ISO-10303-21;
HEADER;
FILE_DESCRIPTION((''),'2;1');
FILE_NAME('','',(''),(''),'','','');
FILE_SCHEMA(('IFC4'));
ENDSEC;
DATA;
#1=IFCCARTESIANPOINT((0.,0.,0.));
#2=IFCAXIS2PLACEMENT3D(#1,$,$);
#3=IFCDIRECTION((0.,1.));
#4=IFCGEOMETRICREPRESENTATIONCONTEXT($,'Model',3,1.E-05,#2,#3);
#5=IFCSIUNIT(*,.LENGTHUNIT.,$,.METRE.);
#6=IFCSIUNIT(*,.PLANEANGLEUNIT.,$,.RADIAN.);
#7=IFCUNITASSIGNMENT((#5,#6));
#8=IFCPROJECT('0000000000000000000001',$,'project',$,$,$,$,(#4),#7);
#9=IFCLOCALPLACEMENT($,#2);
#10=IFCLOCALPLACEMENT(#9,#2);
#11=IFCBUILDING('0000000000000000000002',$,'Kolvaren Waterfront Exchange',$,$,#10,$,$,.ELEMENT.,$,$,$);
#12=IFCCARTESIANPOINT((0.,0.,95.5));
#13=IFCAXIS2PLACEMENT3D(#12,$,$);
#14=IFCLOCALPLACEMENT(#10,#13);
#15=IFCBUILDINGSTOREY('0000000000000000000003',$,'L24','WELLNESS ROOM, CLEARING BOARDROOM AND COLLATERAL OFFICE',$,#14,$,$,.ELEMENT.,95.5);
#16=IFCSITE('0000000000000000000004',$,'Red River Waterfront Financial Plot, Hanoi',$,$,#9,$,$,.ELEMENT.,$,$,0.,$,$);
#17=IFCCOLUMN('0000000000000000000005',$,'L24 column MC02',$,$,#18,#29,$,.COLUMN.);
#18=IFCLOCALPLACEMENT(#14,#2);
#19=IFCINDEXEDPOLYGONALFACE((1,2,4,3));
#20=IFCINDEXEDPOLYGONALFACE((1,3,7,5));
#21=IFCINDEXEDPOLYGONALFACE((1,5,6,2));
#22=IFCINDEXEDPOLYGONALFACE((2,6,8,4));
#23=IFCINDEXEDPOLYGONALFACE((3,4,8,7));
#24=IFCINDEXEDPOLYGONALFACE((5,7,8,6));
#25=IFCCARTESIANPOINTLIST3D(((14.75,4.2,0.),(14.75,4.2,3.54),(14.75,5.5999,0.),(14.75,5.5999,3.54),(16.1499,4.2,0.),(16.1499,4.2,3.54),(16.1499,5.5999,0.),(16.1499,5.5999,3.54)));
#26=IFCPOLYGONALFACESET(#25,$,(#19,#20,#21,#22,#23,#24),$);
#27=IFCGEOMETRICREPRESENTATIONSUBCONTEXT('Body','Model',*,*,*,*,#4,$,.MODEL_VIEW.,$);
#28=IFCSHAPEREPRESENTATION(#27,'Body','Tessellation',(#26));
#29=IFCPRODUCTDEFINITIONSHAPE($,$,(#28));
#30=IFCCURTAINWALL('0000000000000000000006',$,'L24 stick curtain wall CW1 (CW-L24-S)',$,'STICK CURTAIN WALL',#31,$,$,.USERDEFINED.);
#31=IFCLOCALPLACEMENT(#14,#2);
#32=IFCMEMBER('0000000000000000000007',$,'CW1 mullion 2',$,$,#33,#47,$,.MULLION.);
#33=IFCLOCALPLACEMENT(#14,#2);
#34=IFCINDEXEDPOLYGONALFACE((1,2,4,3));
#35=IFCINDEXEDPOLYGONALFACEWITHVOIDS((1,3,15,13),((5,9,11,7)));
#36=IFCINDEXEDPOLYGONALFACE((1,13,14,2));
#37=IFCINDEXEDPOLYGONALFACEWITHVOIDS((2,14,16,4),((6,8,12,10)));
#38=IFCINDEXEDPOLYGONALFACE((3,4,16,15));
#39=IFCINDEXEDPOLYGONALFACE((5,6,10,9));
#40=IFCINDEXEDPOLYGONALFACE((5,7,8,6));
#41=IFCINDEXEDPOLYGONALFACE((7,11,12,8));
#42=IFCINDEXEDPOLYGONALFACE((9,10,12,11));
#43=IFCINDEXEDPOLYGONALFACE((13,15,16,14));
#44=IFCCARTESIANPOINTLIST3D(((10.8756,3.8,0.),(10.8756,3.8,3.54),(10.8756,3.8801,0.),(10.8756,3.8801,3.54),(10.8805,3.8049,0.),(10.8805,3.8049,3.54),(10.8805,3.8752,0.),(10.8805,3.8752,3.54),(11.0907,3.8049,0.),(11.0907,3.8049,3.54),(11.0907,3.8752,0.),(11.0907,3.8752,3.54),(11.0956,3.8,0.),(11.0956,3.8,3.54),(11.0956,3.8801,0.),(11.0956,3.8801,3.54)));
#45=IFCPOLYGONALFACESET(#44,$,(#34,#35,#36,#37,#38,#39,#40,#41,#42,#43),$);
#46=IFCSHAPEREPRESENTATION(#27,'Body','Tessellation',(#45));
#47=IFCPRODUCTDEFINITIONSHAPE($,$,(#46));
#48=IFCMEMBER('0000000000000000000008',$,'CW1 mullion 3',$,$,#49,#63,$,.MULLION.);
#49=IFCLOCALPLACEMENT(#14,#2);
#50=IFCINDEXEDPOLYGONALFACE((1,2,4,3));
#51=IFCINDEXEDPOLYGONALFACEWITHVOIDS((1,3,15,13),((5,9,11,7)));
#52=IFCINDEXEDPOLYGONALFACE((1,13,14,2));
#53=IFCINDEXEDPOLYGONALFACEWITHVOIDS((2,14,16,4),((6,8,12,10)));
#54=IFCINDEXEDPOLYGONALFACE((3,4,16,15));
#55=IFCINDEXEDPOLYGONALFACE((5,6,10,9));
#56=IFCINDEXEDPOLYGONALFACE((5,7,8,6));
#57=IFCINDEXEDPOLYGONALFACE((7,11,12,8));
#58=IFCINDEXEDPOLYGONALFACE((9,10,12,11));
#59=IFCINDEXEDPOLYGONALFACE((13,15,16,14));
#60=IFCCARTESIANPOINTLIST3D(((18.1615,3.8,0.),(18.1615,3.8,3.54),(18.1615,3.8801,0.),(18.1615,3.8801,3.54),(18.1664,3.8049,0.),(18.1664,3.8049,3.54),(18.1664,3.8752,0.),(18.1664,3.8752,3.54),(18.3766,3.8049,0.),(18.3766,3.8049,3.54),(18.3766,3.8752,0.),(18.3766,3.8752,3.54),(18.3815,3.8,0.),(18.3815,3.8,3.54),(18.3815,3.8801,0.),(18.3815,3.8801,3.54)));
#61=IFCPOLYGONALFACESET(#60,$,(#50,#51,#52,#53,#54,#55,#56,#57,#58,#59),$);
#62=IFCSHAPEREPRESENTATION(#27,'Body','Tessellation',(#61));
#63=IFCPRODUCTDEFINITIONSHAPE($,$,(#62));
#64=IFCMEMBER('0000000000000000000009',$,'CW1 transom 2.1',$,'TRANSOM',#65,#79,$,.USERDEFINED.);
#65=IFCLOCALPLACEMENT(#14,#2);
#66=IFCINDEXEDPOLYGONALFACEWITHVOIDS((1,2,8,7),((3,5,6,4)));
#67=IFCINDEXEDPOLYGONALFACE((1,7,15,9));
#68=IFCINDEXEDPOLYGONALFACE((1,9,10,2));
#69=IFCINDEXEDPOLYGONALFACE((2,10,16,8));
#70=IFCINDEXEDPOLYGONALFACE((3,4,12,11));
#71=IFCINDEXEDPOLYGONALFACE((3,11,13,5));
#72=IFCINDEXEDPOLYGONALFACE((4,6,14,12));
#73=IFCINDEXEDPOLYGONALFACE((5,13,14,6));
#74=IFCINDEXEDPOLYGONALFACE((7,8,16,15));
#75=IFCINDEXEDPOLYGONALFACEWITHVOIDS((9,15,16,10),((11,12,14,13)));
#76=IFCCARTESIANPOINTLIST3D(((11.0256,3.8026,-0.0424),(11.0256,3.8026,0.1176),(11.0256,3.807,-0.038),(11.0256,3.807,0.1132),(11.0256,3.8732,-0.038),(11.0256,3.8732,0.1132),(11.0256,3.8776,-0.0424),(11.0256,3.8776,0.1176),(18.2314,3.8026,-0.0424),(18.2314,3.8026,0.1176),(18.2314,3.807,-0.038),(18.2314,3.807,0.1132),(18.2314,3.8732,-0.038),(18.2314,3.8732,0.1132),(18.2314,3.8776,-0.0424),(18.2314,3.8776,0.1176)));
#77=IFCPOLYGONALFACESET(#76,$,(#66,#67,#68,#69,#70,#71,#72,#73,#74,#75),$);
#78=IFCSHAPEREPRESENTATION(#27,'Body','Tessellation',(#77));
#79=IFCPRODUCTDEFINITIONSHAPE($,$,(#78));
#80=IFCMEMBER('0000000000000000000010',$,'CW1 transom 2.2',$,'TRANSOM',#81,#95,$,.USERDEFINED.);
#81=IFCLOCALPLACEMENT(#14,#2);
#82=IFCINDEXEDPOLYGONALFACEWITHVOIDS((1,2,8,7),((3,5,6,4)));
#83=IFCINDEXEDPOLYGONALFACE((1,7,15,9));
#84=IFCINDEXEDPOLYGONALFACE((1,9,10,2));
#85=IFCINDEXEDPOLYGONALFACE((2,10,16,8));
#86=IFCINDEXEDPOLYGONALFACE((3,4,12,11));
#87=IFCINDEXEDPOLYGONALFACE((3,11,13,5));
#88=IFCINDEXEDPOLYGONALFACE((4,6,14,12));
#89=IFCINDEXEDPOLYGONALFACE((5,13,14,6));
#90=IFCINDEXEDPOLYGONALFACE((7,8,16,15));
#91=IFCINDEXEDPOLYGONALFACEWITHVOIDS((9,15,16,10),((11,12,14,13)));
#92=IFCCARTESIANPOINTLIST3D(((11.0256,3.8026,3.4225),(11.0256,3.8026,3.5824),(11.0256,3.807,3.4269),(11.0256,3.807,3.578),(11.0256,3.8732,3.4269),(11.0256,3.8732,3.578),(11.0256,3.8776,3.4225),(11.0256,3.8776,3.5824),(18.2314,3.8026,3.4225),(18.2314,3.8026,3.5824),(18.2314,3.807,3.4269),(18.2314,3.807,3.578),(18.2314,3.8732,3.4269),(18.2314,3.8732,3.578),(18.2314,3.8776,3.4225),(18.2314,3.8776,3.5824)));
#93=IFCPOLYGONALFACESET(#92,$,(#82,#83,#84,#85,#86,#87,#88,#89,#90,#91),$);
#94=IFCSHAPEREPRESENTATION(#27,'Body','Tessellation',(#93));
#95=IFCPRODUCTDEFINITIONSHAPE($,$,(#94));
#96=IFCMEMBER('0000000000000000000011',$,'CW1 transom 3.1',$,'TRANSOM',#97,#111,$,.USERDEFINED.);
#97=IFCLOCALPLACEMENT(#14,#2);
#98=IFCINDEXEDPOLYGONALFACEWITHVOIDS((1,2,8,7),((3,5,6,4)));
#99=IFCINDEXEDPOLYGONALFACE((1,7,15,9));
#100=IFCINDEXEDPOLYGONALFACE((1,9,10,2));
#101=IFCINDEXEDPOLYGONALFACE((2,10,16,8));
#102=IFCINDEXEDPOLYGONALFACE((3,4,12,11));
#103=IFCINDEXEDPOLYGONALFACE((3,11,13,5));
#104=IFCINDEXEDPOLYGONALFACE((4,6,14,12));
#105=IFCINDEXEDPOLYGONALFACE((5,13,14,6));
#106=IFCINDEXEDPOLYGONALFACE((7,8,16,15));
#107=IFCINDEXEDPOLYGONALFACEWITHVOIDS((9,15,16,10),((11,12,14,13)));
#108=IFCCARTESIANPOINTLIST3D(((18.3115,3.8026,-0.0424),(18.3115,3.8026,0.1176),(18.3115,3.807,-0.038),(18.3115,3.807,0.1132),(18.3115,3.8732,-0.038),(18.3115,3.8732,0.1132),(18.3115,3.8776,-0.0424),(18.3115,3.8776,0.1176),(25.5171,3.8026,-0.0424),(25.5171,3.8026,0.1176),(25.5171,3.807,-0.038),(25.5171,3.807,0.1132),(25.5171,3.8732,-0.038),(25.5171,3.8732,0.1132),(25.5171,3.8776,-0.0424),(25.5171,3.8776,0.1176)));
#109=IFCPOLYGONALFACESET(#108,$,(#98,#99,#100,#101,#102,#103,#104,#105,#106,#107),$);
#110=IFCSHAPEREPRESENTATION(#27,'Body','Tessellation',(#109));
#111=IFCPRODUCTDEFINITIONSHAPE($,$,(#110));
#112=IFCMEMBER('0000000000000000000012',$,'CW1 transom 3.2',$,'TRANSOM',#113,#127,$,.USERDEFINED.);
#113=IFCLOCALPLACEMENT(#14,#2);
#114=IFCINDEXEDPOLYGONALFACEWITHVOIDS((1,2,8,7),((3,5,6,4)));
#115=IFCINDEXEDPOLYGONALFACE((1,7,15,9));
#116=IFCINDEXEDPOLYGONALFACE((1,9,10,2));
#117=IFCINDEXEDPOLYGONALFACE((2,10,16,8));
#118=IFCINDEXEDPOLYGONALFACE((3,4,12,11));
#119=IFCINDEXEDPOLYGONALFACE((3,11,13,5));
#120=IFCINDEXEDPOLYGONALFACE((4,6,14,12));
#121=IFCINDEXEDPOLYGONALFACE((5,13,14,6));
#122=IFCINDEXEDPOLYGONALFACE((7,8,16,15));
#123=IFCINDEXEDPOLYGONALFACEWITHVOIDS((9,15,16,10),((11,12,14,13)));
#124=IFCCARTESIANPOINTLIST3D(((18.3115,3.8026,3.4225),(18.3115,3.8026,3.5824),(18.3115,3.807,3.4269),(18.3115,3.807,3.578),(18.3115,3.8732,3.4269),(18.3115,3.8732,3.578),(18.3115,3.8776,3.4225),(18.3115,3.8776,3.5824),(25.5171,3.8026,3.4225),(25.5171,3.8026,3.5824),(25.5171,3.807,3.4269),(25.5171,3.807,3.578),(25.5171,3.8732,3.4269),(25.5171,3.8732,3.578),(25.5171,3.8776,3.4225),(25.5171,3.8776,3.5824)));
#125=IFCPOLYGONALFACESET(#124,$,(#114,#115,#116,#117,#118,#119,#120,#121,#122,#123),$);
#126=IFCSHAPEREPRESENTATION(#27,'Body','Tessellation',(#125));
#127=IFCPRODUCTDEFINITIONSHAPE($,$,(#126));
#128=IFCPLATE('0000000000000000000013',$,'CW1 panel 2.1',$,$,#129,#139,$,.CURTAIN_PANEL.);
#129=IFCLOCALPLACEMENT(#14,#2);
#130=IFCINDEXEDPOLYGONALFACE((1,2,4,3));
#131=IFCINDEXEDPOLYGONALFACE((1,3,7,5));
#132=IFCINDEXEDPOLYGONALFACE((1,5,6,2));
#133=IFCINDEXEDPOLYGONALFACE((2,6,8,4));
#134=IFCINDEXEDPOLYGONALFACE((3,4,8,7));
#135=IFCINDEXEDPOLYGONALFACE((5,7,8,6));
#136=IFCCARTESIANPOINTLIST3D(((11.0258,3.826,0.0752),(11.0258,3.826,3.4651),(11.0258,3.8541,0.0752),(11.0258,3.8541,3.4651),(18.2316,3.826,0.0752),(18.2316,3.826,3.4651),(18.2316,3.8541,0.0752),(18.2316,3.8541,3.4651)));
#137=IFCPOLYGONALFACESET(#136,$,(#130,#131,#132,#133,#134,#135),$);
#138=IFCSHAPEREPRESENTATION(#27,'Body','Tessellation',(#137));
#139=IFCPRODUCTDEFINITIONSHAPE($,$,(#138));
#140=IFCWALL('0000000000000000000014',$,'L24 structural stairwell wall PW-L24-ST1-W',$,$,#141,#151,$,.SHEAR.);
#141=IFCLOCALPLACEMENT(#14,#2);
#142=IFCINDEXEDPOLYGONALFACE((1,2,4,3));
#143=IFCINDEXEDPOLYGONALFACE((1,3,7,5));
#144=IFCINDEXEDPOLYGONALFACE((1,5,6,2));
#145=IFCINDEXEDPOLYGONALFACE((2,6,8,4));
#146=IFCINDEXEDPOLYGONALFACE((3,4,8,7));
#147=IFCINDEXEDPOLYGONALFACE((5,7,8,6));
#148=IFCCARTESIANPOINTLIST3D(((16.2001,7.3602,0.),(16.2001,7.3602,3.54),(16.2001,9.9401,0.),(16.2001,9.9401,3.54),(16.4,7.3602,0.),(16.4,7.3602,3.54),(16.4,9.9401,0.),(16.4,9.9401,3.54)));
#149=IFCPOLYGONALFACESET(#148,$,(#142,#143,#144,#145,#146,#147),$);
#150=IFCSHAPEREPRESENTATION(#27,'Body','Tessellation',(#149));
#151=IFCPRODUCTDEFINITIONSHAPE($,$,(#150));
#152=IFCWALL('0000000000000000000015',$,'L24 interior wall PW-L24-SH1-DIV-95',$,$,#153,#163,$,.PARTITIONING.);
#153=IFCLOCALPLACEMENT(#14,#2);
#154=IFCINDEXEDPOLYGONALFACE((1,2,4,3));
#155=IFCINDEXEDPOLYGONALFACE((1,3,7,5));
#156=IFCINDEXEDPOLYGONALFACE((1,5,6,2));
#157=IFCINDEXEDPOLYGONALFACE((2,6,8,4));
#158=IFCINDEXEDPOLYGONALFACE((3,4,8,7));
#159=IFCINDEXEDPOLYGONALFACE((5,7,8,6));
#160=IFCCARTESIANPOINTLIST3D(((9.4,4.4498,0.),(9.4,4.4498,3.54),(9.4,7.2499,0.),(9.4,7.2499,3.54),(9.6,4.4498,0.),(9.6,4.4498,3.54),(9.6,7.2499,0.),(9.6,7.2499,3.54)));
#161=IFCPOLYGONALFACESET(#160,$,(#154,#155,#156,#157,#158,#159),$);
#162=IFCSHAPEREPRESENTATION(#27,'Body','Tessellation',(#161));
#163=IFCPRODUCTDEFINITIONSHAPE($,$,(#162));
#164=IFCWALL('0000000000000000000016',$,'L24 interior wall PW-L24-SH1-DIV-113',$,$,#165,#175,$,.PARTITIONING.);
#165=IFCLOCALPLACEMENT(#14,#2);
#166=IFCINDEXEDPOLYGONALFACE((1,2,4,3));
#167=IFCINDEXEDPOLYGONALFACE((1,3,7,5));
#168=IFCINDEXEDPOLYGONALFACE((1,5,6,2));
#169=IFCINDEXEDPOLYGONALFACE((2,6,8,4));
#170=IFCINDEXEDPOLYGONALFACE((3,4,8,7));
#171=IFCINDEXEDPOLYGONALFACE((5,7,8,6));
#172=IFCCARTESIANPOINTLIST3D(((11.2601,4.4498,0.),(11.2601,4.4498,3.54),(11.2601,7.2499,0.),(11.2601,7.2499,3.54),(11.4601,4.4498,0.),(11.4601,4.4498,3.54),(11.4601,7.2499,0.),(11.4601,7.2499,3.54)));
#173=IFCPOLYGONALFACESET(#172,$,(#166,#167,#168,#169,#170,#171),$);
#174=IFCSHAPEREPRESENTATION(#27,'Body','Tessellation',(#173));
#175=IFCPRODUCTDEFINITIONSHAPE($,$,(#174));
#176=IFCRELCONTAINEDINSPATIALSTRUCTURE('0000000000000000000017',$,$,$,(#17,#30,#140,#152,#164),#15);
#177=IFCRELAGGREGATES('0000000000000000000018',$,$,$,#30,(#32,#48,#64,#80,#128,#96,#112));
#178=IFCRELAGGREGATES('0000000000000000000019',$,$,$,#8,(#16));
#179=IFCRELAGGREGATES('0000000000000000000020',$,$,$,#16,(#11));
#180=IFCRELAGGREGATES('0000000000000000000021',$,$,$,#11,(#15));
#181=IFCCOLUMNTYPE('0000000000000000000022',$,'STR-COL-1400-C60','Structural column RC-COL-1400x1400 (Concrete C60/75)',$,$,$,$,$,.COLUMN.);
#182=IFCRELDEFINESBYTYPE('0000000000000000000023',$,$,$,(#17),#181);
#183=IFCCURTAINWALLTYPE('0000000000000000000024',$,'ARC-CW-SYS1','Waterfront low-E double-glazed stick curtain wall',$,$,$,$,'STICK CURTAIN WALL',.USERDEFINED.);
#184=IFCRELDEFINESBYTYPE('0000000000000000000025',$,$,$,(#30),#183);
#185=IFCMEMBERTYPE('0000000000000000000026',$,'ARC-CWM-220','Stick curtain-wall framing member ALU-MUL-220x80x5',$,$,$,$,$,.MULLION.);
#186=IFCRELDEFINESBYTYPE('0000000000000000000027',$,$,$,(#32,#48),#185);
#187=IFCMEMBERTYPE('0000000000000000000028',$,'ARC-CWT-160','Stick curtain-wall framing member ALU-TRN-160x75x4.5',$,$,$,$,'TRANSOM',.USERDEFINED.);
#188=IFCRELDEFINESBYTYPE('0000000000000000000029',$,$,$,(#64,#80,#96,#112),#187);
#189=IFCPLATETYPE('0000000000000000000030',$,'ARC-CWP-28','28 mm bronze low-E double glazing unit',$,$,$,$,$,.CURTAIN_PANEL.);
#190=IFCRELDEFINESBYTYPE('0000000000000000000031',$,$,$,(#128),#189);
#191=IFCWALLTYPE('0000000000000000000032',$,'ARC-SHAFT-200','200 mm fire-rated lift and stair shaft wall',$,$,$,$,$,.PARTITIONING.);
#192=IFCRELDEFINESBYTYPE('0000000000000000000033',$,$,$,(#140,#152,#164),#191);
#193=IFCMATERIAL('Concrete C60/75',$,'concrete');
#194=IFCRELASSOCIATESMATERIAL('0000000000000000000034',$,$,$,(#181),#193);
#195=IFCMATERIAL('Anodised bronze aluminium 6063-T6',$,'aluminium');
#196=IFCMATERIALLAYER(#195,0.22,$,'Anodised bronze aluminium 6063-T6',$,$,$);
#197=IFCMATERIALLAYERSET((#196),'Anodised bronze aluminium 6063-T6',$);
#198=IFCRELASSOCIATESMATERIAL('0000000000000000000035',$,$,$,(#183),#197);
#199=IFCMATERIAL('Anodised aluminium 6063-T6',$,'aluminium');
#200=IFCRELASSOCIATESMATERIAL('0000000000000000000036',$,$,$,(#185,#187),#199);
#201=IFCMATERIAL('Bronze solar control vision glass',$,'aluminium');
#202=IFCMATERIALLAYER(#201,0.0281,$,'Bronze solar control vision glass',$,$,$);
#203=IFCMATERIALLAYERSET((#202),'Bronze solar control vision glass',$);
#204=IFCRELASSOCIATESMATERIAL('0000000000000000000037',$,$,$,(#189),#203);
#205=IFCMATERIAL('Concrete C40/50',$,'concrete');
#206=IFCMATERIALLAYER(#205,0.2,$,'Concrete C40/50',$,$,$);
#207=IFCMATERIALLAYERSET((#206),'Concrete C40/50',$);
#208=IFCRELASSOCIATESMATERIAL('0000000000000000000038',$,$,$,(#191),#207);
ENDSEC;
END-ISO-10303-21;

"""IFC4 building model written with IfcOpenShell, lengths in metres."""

from ifc_helpers import new_model, si_unit, direction, frame, frame_2d, origin, origin_with_axes, origin_2d, place, context, subcontext, project, spatial, rectangle, hollow_rectangle, extrude, source, transform, mapped, material, layer, layer_set, material_profile, profile_set, type_object, element, aggregate, save


model = new_model("IFC4")

# Units and contexts
model_context = context("Model", 3, precision=1e-05, world=origin(), true_north=direction((0.0, 1.0)))
body_context = subcontext(model_context, "Body", "Model", "MODEL_VIEW")
ifc_project = project(units=[si_unit("LENGTHUNIT", "METRE"), si_unit("PLANEANGLEUNIT", "RADIAN")], contexts=[model_context])

# Site, building, storey
site_placement = place(None, origin())
site = spatial("IfcSite", under=ifc_project, at=site_placement, Name="Red River Waterfront Financial Plot, Hanoi", CompositionType="ELEMENT", RefElevation=0.0)
building_placement = place(site_placement, origin())
building = spatial("IfcBuilding", under=site, at=building_placement, Name="Kolvaren Waterfront Exchange", CompositionType="ELEMENT")
storey_placement = place(building_placement, frame((0.0, 0.0, 95.5)))
storey = spatial("IfcBuildingStorey", under=building, at=storey_placement, Name="L24", Description="WELLNESS ROOM, CLEARING BOARDROOM AND COLLATERAL OFFICE", CompositionType="ELEMENT", Elevation=95.5)

# Column
ifc_material_1 = material(Name="Concrete C60/75", Category="concrete")
ifc_material_profile_1 = material_profile(ifc_material_1, rectangle(XDim=1.3999, YDim=1.3999, at=origin_2d()), Name="RC-COL-1400x1400")
ifc_profile_set_1 = profile_set([ifc_material_profile_1], Name="Concrete C60/75")
column_type = type_object("IfcColumnType", Name="STR-COL-1400-C60", Description="Structural column RC-COL-1400x1400 (Concrete C60/75)", PredefinedType="COLUMN", material=ifc_profile_set_1)
column_placement = place(storey_placement, frame((15.45, 4.8999, 0.0), z_axis=(0.0, 0.0, 1.0), x_axis=(1.0, 0.0, 0.0)))
element("IfcColumn", 1, at=column_placement, inside=storey, type_object=column_type, Name="L24 column MC02", PredefinedType="COLUMN", context=body_context, shape_type="SweptSolid", body=[
    extrude(rectangle(XDim=1.3999, YDim=1.3999, at=origin_2d()), origin(), (0.0, 0.0, 1.0), 3.54),
])

# Curtain wall, members, plate
ifc_material_2 = material(Name="Anodised bronze aluminium 6063-T6", Category="aluminium")
ifc_layer_1 = layer(ifc_material_2, 0.22, Name="Anodised bronze aluminium 6063-T6")
ifc_layer_set_1 = layer_set([ifc_layer_1], Name="Anodised bronze aluminium 6063-T6")
curtain_wall_type = type_object("IfcCurtainWallType", Name="ARC-CW-SYS1", Description="Waterfront low-E double-glazed stick curtain wall", ElementType="STICK CURTAIN WALL", PredefinedType="USERDEFINED", material=ifc_layer_set_1)
curtain_wall_placement = place(storey_placement, origin())
curtain_wall = element("IfcCurtainWall", 2, at=curtain_wall_placement, inside=storey, type_object=curtain_wall_type, Name="L24 stick curtain wall CW1 (CW-L24-S)", ObjectType="STICK CURTAIN WALL", PredefinedType="USERDEFINED")
ifc_material_3 = material(Name="Anodised aluminium 6063-T6", Category="aluminium")
ifc_material_profile_2 = material_profile(ifc_material_3, hollow_rectangle(XDim=0.0801, YDim=0.22, WallThickness=0.0049, at=origin_2d()), Name="ALU-MUL-220x80x5")
ifc_profile_set_2 = profile_set([ifc_material_profile_2], Name="Anodised aluminium 6063-T6")
member_type_1 = type_object("IfcMemberType", Name="ARC-CWM-220", Description="Stick curtain-wall framing member ALU-MUL-220x80x5", PredefinedType="MULLION", material=ifc_profile_set_2)
shared_shape_1 = source(origin_with_axes(), body_context, "Body", "SweptSolid", [
    extrude(hollow_rectangle(XDim=0.0801, YDim=0.22, WallThickness=0.0049, at=origin_2d()), origin(), (0.0, 0.0, 1.0), 3.54),
])
member_1_placement = place(storey_placement, frame((10.9856, 3.8401, 0.0), z_axis=(0.0, 0.0, 1.0), x_axis=(0.0, 1.0, 0.0)))
member_1 = element("IfcMember", 3, at=member_1_placement, type_object=member_type_1, Name="CW1 mullion 2", PredefinedType="MULLION", context=body_context, shape_type="MappedRepresentation", body=[
    mapped(shared_shape_1, transform((0.0, 0.0, 0.0), x_axis=(1.0, 0.0, 0.0), y_axis=(0.0, 1.0, 0.0), z_axis=(0.0, 0.0, 1.0), scale=1.0)),
])
member_2_placement = place(storey_placement, frame((18.2715, 3.8401, 0.0), z_axis=(0.0, 0.0, 1.0), x_axis=(0.0, 1.0, 0.0)))
member_2 = element("IfcMember", 4, at=member_2_placement, type_object=member_type_1, Name="CW1 mullion 3", PredefinedType="MULLION", context=body_context, shape_type="MappedRepresentation", body=[
    mapped(shared_shape_1, transform((0.0, 0.0, 0.0), x_axis=(1.0, 0.0, 0.0), y_axis=(0.0, 1.0, 0.0), z_axis=(0.0, 0.0, 1.0), scale=1.0)),
])
ifc_material_profile_3 = material_profile(ifc_material_3, hollow_rectangle(XDim=0.075, YDim=0.1599, WallThickness=0.0044, at=origin_2d()), Name="ALU-TRN-160x75x4.5")
ifc_profile_set_3 = profile_set([ifc_material_profile_3], Name="Anodised aluminium 6063-T6")
member_type_2 = type_object("IfcMemberType", Name="ARC-CWT-160", Description="Stick curtain-wall framing member ALU-TRN-160x75x4.5", ElementType="TRANSOM", PredefinedType="USERDEFINED", material=ifc_profile_set_3)
shared_shape_2 = source(origin_with_axes(), body_context, "Body", "SweptSolid", [
    extrude(hollow_rectangle(XDim=0.075, YDim=0.1599, WallThickness=0.0044, at=origin_2d()), origin(), (0.0, 0.0, 1.0), 7.2058),
])
member_3_placement = place(storey_placement, frame((11.0256, 3.8401, 0.0376), z_axis=(1.0, 0.0, 0.0), x_axis=(0.0, 1.0, 0.0)))
member_3 = element("IfcMember", 5, at=member_3_placement, type_object=member_type_2, Name="CW1 transom 2.1", ObjectType="TRANSOM", PredefinedType="USERDEFINED", context=body_context, shape_type="MappedRepresentation", body=[
    mapped(shared_shape_2, transform((0.0, 0.0, 0.0), x_axis=(1.0, 0.0, 0.0), y_axis=(0.0, 1.0, 0.0), z_axis=(0.0, 0.0, 1.0), scale=1.0)),
])
member_4_placement = place(storey_placement, frame((11.0256, 3.8401, 3.5024), z_axis=(1.0, 0.0, 0.0), x_axis=(0.0, 1.0, 0.0)))
member_4 = element("IfcMember", 6, at=member_4_placement, type_object=member_type_2, Name="CW1 transom 2.2", ObjectType="TRANSOM", PredefinedType="USERDEFINED", context=body_context, shape_type="MappedRepresentation", body=[
    mapped(shared_shape_2, transform((0.0, 0.0, 0.0), x_axis=(1.0, 0.0, 0.0), y_axis=(0.0, 1.0, 0.0), z_axis=(0.0, 0.0, 1.0), scale=1.0)),
])
shared_shape_3 = source(origin_with_axes(), body_context, "Body", "SweptSolid", [
    extrude(hollow_rectangle(XDim=0.075, YDim=0.1599, WallThickness=0.0044, at=origin_2d()), origin(), (0.0, 0.0, 1.0), 7.2056),
])
member_5_placement = place(storey_placement, frame((18.3115, 3.8401, 0.0376), z_axis=(1.0, 0.0, 0.0), x_axis=(0.0, 1.0, 0.0)))
member_5 = element("IfcMember", 7, at=member_5_placement, type_object=member_type_2, Name="CW1 transom 3.1", ObjectType="TRANSOM", PredefinedType="USERDEFINED", context=body_context, shape_type="MappedRepresentation", body=[
    mapped(shared_shape_3, transform((0.0, 0.0, 0.0), x_axis=(1.0, 0.0, 0.0), y_axis=(0.0, 1.0, 0.0), z_axis=(0.0, 0.0, 1.0), scale=1.0)),
])
member_6_placement = place(storey_placement, frame((18.3115, 3.8401, 3.5024), z_axis=(1.0, 0.0, 0.0), x_axis=(0.0, 1.0, 0.0)))
member_6 = element("IfcMember", 8, at=member_6_placement, type_object=member_type_2, Name="CW1 transom 3.2", ObjectType="TRANSOM", PredefinedType="USERDEFINED", context=body_context, shape_type="MappedRepresentation", body=[
    mapped(shared_shape_3, transform((0.0, 0.0, 0.0), x_axis=(1.0, 0.0, 0.0), y_axis=(0.0, 1.0, 0.0), z_axis=(0.0, 0.0, 1.0), scale=1.0)),
])
ifc_material_4 = material(Name="Bronze solar control vision glass", Category="aluminium")
ifc_layer_2 = layer(ifc_material_4, 0.0281, Name="Bronze solar control vision glass")
ifc_layer_set_2 = layer_set([ifc_layer_2], Name="Bronze solar control vision glass")
plate_type = type_object("IfcPlateType", Name="ARC-CWP-28", Description="28 mm bronze low-E double glazing unit", PredefinedType="CURTAIN_PANEL", material=ifc_layer_set_2)
shared_shape_4 = source(origin_with_axes(), body_context, "Body", "SweptSolid", [
    extrude(rectangle(XDim=7.2058, YDim=0.0281, at=origin_2d()), origin(), (0.0, 0.0, 1.0), 3.3899),
])
plate_placement = place(storey_placement, frame((14.6287, 3.8401, 0.0752), z_axis=(0.0, 0.0, 1.0), x_axis=(1.0, 0.0, 0.0)))
plate = element("IfcPlate", 9, at=plate_placement, type_object=plate_type, Name="CW1 panel 2.1", PredefinedType="CURTAIN_PANEL", context=body_context, shape_type="MappedRepresentation", body=[
    mapped(shared_shape_4, transform((0.0, 0.0, 0.0), x_axis=(1.0, 0.0, 0.0), y_axis=(0.0, 1.0, 0.0), z_axis=(0.0, 0.0, 1.0), scale=1.0)),
])
aggregate(curtain_wall, [member_1, member_2, member_3, member_4, plate, member_5, member_6])

# Walls
ifc_material_5 = material(Name="Concrete C40/50", Category="concrete")
ifc_layer_3 = layer(ifc_material_5, 0.2, Name="Concrete C40/50")
ifc_layer_set_3 = layer_set([ifc_layer_3], Name="Concrete C40/50")
wall_type_1 = type_object("IfcWallType", Name="ARC-SHAFT-200", Description="200 mm fire-rated lift and stair shaft wall", PredefinedType="PARTITIONING", material=ifc_layer_set_3)
wall_1_placement = place(storey_placement, frame((16.3, 7.3601, 0.0), z_axis=(0.0, 0.0, 1.0), x_axis=(0.0, 1.0, 0.0)))
element("IfcWall", 10, at=wall_1_placement, inside=storey, type_object=wall_type_1, Name="L24 structural stairwell wall PW-L24-ST1-W", PredefinedType="SHEAR", context=body_context, shape_type="SweptSolid", body=[
    extrude(rectangle(XDim=2.5798, YDim=0.2, at=frame_2d((1.29, 0.0))), origin(), (0.0, 0.0, 1.0), 3.54),
])
for number, where, z_axis, x_axis, name in (
    (11, (9.5, 4.45, 0.0), (0.0, 0.0, 1.0), (0.0, 1.0, 0.0), "L24 interior wall PW-L24-SH1-DIV-95"),
    (12, (11.3601, 4.45, 0.0), (0.0, 0.0, 1.0), (0.0, 1.0, 0.0), "L24 interior wall PW-L24-SH1-DIV-113"),
):
    element("IfcWall", number, at=place(storey_placement, frame(where, z_axis=z_axis, x_axis=x_axis)), inside=storey, type_object=wall_type_1, Name=name, PredefinedType="PARTITIONING", context=body_context, shape_type="SweptSolid", body=[
        extrude(rectangle(XDim=2.8, YDim=0.2, at=frame_2d((1.3999, 0.0))), origin(), (0.0, 0.0, 1.0), 3.54),
    ])

save(model, "model.ifc")
